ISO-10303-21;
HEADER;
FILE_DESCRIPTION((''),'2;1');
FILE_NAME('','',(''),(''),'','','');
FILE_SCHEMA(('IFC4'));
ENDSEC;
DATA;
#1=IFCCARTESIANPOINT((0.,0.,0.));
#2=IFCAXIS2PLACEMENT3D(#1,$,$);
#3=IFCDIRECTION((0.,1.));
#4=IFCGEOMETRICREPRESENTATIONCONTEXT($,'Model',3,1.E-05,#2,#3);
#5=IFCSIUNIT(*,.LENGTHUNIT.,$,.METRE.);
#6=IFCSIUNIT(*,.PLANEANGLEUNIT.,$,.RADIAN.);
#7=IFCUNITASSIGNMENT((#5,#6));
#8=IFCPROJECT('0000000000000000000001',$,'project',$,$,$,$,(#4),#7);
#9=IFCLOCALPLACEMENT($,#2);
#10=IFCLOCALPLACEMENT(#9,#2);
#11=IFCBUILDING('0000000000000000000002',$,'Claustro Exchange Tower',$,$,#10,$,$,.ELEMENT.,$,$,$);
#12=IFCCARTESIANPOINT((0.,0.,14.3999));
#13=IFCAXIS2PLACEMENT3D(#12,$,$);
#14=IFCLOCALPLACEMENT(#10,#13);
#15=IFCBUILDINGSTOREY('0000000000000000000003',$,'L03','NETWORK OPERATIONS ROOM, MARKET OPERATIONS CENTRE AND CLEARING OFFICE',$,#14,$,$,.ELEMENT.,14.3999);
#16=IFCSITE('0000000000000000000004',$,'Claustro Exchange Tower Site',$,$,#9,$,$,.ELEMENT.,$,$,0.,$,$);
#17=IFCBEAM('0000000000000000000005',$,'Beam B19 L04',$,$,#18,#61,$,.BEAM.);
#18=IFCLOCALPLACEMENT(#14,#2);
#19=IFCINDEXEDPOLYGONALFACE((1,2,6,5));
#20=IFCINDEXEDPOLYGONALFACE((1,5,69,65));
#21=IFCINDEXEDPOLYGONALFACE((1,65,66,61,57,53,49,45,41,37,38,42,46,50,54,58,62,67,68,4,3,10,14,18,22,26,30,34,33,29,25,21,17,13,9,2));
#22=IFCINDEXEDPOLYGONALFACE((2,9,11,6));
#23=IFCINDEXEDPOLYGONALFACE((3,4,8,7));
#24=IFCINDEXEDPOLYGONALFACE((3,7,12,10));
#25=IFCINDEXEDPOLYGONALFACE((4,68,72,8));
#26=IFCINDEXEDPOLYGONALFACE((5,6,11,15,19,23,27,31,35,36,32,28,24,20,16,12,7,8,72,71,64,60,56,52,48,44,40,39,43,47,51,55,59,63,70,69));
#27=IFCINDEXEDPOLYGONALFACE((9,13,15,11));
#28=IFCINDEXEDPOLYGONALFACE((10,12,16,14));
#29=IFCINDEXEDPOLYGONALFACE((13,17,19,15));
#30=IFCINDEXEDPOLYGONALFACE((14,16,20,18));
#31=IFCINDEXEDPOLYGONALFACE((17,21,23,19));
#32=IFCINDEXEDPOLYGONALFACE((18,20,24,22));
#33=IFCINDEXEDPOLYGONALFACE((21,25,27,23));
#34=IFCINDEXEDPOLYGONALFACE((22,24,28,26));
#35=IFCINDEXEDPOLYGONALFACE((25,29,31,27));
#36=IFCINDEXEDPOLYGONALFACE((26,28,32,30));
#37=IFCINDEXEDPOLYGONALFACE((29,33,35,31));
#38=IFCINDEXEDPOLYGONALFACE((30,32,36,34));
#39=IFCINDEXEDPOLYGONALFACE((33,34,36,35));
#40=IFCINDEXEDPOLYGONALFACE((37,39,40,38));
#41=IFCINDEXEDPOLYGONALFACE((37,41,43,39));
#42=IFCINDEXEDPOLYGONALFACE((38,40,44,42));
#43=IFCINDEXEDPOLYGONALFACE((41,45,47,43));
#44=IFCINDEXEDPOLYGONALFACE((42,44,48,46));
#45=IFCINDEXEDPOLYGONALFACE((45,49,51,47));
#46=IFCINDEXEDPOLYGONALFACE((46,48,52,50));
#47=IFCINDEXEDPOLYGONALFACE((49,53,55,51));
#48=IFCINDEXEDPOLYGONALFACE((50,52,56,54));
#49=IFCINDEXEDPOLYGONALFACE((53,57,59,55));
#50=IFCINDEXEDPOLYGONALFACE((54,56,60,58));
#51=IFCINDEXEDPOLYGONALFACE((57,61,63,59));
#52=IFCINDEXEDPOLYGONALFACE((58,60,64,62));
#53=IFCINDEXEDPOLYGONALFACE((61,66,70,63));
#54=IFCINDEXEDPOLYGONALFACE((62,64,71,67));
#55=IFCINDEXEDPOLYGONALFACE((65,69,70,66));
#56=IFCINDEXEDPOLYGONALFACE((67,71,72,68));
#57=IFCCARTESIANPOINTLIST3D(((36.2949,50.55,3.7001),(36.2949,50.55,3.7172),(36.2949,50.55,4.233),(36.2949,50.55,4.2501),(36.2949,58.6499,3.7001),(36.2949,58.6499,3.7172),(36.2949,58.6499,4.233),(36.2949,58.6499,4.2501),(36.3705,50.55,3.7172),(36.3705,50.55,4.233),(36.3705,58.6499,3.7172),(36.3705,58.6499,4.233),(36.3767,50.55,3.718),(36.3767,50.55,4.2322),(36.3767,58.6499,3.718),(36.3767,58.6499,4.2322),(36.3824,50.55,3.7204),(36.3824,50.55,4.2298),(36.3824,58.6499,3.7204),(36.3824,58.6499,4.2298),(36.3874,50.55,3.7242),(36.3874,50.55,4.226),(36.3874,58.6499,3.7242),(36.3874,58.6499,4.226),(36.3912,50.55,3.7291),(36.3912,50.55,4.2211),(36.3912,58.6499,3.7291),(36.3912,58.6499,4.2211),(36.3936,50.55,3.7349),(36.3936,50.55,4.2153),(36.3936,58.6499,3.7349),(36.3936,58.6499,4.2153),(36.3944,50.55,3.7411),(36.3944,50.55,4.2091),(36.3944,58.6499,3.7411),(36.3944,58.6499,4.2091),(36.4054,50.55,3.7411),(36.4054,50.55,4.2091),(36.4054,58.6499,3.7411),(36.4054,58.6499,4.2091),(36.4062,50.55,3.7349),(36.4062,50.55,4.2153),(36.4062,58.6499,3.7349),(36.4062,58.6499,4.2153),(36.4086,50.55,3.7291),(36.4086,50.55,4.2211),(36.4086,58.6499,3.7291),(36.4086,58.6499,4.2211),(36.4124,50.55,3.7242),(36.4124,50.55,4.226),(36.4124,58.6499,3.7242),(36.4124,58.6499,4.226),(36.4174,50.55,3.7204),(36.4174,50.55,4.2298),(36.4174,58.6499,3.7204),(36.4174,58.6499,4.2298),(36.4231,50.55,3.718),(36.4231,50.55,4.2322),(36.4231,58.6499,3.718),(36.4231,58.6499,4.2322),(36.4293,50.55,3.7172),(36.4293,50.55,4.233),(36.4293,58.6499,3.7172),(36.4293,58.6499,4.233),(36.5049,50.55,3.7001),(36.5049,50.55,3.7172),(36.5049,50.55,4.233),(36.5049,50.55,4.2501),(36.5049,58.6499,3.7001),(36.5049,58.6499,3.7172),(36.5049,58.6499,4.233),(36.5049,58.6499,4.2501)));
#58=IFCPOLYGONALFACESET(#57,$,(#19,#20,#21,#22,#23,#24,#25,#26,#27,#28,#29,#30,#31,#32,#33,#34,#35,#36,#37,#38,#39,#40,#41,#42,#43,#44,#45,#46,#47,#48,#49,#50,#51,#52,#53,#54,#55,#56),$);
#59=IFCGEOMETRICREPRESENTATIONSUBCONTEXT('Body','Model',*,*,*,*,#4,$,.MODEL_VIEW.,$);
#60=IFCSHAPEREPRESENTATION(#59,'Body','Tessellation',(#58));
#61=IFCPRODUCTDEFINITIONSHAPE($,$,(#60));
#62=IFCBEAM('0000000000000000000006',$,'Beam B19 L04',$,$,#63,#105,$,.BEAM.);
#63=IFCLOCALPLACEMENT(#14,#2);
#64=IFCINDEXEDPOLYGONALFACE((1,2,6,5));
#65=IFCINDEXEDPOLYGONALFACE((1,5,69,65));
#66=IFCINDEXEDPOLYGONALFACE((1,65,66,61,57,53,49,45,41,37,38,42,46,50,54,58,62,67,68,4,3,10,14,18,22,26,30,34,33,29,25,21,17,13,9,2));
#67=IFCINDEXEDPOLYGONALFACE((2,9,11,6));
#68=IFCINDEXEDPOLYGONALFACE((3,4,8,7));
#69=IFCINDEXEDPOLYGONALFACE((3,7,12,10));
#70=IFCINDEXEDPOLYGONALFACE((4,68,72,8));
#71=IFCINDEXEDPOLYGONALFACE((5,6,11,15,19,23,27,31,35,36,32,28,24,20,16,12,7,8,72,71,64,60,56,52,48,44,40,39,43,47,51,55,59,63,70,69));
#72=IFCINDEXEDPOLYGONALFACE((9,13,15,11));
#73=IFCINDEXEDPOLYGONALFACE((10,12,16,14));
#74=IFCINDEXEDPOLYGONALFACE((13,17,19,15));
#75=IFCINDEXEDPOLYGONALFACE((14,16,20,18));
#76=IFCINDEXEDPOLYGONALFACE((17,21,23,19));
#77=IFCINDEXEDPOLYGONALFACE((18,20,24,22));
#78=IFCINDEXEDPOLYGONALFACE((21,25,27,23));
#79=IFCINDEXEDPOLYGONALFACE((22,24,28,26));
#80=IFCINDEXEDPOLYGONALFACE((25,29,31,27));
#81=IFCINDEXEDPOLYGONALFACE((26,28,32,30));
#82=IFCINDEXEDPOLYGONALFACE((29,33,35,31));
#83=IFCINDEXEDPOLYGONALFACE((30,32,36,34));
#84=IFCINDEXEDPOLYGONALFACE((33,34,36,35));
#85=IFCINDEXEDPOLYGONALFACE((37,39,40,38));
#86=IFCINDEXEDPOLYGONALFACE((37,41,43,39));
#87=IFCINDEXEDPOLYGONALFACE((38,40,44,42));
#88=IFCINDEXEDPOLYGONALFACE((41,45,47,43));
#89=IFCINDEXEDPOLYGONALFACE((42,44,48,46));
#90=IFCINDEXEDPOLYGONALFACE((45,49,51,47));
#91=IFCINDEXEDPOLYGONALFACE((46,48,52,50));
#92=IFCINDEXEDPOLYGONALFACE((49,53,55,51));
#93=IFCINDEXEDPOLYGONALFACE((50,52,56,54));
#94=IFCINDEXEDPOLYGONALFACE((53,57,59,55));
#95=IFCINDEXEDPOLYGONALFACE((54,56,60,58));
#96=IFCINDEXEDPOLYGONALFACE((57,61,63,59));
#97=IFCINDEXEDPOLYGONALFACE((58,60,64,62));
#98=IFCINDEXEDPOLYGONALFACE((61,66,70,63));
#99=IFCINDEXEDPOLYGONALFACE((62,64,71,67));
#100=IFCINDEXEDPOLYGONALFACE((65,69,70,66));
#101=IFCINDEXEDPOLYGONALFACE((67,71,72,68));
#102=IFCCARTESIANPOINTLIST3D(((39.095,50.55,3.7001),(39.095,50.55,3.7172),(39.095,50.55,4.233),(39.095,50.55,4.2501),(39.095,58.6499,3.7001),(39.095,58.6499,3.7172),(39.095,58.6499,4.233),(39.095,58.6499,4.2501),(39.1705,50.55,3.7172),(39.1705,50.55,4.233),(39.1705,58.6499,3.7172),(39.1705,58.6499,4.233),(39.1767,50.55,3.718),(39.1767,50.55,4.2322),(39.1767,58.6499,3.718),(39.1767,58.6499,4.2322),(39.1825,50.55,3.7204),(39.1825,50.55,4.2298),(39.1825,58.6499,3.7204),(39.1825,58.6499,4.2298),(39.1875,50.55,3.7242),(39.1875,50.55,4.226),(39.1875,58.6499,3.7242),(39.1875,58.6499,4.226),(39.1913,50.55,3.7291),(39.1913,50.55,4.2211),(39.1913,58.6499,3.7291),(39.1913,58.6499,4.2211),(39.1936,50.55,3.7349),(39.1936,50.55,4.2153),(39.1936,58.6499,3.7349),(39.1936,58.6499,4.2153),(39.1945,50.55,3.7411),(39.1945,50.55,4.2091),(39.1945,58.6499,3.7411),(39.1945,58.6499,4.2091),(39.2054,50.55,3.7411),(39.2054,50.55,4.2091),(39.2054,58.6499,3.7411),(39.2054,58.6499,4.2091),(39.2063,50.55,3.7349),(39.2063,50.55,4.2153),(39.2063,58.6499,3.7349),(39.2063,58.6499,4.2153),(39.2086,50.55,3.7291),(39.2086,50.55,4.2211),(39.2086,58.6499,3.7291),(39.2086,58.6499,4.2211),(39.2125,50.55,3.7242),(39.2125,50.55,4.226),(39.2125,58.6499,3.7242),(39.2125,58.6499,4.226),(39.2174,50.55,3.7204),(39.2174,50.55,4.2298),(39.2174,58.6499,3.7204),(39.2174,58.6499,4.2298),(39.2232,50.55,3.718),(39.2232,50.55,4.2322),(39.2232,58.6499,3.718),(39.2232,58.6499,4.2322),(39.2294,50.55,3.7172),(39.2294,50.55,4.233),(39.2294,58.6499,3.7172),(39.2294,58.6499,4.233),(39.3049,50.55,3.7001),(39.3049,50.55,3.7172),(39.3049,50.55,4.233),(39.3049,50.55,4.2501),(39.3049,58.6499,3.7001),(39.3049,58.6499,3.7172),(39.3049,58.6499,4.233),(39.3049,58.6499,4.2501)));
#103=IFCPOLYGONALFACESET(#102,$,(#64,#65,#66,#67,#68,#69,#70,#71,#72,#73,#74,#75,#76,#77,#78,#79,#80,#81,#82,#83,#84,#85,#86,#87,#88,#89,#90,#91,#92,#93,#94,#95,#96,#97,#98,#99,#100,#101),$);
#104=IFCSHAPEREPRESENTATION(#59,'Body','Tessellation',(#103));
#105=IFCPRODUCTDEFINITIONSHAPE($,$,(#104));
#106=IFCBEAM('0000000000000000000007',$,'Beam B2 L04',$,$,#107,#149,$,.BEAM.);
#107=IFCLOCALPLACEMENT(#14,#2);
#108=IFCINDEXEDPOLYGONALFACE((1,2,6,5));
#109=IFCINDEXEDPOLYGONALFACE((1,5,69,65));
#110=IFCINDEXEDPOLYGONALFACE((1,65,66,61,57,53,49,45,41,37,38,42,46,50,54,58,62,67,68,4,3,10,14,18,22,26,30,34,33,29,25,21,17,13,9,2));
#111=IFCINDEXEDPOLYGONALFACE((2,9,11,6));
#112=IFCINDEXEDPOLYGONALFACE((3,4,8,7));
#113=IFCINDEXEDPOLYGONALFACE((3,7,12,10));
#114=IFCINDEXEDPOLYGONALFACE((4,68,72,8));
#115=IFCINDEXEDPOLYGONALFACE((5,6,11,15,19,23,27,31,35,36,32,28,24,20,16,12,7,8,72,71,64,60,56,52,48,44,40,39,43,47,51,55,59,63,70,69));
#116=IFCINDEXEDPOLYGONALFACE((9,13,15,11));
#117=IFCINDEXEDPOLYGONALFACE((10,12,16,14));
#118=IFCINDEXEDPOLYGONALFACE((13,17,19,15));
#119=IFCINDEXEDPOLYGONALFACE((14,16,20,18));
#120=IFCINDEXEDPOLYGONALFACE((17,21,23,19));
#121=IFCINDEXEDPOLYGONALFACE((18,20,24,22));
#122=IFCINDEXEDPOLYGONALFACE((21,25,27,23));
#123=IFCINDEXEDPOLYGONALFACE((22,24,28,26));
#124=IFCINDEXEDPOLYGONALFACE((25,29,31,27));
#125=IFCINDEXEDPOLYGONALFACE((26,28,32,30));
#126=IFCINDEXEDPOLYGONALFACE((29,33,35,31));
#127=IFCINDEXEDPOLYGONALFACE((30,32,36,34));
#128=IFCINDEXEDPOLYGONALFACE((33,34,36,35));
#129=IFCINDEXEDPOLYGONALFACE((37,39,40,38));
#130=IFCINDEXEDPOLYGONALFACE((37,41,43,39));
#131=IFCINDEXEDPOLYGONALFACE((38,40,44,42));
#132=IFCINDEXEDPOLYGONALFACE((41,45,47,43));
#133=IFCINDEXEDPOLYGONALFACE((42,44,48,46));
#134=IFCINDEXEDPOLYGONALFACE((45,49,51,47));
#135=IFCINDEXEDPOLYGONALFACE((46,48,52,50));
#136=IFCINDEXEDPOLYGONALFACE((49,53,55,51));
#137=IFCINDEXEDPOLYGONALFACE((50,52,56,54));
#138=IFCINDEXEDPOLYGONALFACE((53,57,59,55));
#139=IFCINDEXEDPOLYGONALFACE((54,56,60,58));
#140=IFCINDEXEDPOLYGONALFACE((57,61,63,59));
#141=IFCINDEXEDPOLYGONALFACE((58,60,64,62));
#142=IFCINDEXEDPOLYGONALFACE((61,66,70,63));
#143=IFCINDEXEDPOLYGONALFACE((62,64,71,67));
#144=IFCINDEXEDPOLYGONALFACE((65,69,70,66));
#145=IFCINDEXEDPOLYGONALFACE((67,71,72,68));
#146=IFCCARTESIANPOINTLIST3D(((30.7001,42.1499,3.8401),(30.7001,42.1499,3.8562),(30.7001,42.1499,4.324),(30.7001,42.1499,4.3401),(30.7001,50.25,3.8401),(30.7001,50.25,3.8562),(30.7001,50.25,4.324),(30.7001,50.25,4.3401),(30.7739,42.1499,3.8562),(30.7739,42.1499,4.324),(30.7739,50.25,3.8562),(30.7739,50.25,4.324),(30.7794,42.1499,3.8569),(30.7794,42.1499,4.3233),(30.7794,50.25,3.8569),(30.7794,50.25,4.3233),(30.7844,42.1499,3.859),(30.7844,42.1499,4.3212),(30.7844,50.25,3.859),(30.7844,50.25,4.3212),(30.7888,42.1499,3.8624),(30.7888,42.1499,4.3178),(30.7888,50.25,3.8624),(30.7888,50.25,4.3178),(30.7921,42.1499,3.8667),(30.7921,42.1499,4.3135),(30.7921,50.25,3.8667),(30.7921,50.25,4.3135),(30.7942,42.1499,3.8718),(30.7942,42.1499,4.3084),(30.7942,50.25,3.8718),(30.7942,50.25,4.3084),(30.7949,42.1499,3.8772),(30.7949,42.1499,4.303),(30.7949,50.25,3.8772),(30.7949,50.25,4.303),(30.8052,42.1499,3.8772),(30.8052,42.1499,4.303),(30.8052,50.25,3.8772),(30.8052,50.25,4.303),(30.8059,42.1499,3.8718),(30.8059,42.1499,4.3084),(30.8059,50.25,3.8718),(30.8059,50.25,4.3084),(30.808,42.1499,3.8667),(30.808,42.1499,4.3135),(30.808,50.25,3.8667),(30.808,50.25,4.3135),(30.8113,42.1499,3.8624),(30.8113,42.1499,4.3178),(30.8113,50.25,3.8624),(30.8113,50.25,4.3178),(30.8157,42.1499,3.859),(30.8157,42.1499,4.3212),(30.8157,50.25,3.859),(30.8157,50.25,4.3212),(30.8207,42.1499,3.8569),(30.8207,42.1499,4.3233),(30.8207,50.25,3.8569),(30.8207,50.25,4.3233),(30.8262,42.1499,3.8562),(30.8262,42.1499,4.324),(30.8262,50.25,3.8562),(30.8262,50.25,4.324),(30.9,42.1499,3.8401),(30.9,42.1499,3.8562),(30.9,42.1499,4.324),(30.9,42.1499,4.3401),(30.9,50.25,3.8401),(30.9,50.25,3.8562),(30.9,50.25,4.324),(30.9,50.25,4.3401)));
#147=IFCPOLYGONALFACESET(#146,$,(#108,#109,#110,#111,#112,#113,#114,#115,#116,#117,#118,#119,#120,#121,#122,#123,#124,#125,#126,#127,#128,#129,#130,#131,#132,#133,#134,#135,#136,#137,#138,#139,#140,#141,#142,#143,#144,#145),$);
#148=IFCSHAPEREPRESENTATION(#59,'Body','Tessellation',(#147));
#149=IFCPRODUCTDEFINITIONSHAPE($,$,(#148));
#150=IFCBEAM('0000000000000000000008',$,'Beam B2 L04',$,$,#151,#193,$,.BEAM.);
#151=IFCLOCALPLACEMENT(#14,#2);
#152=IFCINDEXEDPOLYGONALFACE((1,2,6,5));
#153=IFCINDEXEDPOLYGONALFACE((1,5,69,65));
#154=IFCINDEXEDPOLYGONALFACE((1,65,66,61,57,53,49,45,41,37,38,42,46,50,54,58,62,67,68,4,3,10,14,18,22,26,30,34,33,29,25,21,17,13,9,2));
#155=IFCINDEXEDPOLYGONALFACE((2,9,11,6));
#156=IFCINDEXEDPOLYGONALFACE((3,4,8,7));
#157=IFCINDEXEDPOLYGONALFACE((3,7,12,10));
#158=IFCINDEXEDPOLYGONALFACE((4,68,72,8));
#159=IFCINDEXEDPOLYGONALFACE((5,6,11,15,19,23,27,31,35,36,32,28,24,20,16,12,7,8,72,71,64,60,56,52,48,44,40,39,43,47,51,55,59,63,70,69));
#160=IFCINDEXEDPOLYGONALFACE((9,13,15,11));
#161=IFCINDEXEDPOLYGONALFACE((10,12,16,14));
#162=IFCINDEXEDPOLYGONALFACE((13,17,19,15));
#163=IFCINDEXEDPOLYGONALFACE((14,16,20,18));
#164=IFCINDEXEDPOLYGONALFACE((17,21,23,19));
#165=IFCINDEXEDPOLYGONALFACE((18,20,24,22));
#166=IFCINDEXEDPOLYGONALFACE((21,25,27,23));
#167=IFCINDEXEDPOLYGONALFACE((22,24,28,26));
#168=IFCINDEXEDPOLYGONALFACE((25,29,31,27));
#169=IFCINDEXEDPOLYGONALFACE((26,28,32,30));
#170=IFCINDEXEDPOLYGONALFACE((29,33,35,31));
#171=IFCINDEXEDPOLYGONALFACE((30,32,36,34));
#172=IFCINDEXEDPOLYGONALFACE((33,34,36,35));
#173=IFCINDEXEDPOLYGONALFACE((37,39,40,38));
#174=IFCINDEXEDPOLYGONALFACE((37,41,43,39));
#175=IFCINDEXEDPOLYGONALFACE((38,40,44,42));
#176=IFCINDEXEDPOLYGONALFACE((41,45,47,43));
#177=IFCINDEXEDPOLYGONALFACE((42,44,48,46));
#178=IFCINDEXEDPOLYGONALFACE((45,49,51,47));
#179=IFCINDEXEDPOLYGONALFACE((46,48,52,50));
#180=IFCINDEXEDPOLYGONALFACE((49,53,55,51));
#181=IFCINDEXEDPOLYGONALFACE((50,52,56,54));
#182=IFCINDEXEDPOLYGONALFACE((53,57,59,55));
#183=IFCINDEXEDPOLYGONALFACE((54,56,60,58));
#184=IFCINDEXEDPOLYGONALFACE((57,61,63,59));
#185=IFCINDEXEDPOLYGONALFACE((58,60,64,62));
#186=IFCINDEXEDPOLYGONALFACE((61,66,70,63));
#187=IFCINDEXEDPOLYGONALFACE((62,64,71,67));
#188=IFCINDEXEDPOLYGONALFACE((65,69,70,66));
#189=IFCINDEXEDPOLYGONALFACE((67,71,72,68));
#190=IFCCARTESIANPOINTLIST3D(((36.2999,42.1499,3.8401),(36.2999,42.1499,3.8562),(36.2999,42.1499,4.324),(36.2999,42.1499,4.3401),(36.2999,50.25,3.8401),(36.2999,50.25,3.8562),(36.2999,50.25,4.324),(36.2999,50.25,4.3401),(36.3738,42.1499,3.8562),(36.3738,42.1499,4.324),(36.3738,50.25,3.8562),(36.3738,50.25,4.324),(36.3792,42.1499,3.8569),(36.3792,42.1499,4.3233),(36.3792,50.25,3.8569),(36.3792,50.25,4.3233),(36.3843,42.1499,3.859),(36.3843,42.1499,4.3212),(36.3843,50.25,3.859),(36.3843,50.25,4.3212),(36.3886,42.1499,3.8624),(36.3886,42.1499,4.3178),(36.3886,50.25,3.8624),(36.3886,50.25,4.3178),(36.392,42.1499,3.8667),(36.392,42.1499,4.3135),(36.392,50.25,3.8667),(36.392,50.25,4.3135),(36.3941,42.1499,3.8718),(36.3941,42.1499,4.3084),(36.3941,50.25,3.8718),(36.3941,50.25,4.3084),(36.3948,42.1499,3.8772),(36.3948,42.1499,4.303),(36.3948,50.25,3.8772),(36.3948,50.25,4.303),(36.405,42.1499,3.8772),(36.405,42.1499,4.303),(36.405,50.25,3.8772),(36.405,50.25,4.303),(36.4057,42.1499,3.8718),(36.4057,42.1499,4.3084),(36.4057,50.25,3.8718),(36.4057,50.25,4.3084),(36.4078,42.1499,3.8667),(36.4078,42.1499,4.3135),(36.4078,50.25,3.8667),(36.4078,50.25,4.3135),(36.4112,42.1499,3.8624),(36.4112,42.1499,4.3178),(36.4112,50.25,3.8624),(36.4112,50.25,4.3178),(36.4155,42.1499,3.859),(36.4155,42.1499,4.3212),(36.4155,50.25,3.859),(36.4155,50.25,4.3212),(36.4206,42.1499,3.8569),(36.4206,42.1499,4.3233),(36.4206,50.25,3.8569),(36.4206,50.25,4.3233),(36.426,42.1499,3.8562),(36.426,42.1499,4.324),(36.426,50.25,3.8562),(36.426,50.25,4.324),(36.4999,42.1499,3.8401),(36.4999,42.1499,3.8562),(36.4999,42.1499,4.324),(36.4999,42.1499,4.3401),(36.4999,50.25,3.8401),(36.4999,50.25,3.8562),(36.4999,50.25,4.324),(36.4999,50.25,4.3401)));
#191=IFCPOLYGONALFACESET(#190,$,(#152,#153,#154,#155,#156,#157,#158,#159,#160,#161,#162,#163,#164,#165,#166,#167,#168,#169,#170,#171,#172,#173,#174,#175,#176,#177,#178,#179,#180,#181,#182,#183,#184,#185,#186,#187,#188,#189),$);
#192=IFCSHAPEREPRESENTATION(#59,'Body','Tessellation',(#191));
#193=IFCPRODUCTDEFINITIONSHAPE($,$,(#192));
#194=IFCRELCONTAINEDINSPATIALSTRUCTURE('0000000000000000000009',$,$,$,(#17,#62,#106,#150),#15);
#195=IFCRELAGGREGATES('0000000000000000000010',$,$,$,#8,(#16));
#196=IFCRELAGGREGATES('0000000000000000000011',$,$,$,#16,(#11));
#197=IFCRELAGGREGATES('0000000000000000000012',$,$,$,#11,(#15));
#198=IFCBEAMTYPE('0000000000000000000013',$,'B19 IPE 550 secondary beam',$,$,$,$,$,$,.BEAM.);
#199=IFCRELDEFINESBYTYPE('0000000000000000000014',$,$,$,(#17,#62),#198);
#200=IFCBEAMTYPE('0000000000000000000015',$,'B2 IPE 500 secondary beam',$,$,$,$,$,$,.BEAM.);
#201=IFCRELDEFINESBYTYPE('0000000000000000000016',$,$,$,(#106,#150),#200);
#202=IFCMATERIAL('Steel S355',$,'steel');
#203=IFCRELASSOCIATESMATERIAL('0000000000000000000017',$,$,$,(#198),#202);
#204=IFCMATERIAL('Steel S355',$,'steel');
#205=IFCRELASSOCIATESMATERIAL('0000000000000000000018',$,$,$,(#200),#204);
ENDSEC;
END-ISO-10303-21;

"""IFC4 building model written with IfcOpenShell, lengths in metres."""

from ifc_helpers import new_model, si_unit, direction, frame, origin, origin_2d, place, context, subcontext, project, spatial, i_section, extrude, material, material_profile, profile_set, type_object, element, save


model = new_model("IFC4")

# Units and contexts
model_context = context("Model", 3, precision=1e-05, world=origin(), true_north=direction((0.0, 1.0)))
body_context = subcontext(model_context, "Body", "Model", "MODEL_VIEW")
ifc_project = project(units=[si_unit("LENGTHUNIT", "METRE"), si_unit("PLANEANGLEUNIT", "RADIAN")], contexts=[model_context])

# Site, building, storey
site_placement = place(None, origin())
site = spatial("IfcSite", under=ifc_project, at=site_placement, Name="Claustro Exchange Tower Site", CompositionType="ELEMENT", RefElevation=0.0)
building_placement = place(site_placement, origin())
building = spatial("IfcBuilding", under=site, at=building_placement, Name="Claustro Exchange Tower", CompositionType="ELEMENT")
storey_placement = place(building_placement, frame((0.0, 0.0, 14.3999)))
storey = spatial("IfcBuildingStorey", under=building, at=storey_placement, Name="L03", Description="NETWORK OPERATIONS ROOM, MARKET OPERATIONS CENTRE AND CLEARING OFFICE", CompositionType="ELEMENT", Elevation=14.3999)

# Beams
ifc_material_1 = material(Name="Steel S355", Category="steel")
ifc_material_profile_1 = material_profile(ifc_material_1, i_section(OverallWidth=0.21, OverallDepth=0.55, WebThickness=0.011, FlangeThickness=0.0171, FilletRadius=0.0239, at=origin_2d()), Name="IPE 550")
ifc_profile_set_1 = profile_set([ifc_material_profile_1], Name="Steel S355")
beam_type_1 = type_object("IfcBeamType", Name="B19 IPE 550 secondary beam", PredefinedType="BEAM", material=ifc_profile_set_1)
for number, where, z_axis, x_axis, name in (
    (1, (36.3999, 50.55, 3.9751), (0.0, 1.0, 0.0), (-1.0, 0.0, 0.0), "Beam B19 L04"),
    (2, (39.2, 50.55, 3.9751), (0.0, 1.0, 0.0), (-1.0, 0.0, 0.0), "Beam B19 L04"),
):
    element("IfcBeam", number, at=place(storey_placement, frame(where, z_axis=z_axis, x_axis=x_axis)), inside=storey, type_object=beam_type_1, Name=name, PredefinedType="BEAM", context=body_context, shape_type="SweptSolid", body=[
        extrude(i_section(OverallWidth=0.21, OverallDepth=0.55, WebThickness=0.011, FlangeThickness=0.0171, FilletRadius=0.0239, at=origin_2d()), origin(), (0.0, 0.0, 1.0), 8.0999),
    ])
ifc_material_2 = material(Name="Steel S355", Category="steel")
ifc_material_profile_2 = material_profile(ifc_material_2, i_section(OverallWidth=0.2, OverallDepth=0.5, WebThickness=0.0103, FlangeThickness=0.0161, FilletRadius=0.021, at=origin_2d()), Name="IPE 500")
ifc_profile_set_2 = profile_set([ifc_material_profile_2], Name="Steel S355")
beam_type_2 = type_object("IfcBeamType", Name="B2 IPE 500 secondary beam", PredefinedType="BEAM", material=ifc_profile_set_2)
for number, where, z_axis, x_axis, name in (
    (3, (30.8, 42.1499, 4.0901), (0.0, 1.0, 0.0), (-1.0, 0.0, 0.0), "Beam B2 L04"),
    (4, (36.3999, 42.1499, 4.0901), (0.0, 1.0, 0.0), (-1.0, 0.0, 0.0), "Beam B2 L04"),
):
    element("IfcBeam", number, at=place(storey_placement, frame(where, z_axis=z_axis, x_axis=x_axis)), inside=storey, type_object=beam_type_2, Name=name, PredefinedType="BEAM", context=body_context, shape_type="SweptSolid", body=[
        extrude(i_section(OverallWidth=0.2, OverallDepth=0.5, WebThickness=0.0103, FlangeThickness=0.0161, FilletRadius=0.021, at=origin_2d()), origin(), (0.0, 0.0, 1.0), 8.1001),
    ])

save(model, "model.ifc")
